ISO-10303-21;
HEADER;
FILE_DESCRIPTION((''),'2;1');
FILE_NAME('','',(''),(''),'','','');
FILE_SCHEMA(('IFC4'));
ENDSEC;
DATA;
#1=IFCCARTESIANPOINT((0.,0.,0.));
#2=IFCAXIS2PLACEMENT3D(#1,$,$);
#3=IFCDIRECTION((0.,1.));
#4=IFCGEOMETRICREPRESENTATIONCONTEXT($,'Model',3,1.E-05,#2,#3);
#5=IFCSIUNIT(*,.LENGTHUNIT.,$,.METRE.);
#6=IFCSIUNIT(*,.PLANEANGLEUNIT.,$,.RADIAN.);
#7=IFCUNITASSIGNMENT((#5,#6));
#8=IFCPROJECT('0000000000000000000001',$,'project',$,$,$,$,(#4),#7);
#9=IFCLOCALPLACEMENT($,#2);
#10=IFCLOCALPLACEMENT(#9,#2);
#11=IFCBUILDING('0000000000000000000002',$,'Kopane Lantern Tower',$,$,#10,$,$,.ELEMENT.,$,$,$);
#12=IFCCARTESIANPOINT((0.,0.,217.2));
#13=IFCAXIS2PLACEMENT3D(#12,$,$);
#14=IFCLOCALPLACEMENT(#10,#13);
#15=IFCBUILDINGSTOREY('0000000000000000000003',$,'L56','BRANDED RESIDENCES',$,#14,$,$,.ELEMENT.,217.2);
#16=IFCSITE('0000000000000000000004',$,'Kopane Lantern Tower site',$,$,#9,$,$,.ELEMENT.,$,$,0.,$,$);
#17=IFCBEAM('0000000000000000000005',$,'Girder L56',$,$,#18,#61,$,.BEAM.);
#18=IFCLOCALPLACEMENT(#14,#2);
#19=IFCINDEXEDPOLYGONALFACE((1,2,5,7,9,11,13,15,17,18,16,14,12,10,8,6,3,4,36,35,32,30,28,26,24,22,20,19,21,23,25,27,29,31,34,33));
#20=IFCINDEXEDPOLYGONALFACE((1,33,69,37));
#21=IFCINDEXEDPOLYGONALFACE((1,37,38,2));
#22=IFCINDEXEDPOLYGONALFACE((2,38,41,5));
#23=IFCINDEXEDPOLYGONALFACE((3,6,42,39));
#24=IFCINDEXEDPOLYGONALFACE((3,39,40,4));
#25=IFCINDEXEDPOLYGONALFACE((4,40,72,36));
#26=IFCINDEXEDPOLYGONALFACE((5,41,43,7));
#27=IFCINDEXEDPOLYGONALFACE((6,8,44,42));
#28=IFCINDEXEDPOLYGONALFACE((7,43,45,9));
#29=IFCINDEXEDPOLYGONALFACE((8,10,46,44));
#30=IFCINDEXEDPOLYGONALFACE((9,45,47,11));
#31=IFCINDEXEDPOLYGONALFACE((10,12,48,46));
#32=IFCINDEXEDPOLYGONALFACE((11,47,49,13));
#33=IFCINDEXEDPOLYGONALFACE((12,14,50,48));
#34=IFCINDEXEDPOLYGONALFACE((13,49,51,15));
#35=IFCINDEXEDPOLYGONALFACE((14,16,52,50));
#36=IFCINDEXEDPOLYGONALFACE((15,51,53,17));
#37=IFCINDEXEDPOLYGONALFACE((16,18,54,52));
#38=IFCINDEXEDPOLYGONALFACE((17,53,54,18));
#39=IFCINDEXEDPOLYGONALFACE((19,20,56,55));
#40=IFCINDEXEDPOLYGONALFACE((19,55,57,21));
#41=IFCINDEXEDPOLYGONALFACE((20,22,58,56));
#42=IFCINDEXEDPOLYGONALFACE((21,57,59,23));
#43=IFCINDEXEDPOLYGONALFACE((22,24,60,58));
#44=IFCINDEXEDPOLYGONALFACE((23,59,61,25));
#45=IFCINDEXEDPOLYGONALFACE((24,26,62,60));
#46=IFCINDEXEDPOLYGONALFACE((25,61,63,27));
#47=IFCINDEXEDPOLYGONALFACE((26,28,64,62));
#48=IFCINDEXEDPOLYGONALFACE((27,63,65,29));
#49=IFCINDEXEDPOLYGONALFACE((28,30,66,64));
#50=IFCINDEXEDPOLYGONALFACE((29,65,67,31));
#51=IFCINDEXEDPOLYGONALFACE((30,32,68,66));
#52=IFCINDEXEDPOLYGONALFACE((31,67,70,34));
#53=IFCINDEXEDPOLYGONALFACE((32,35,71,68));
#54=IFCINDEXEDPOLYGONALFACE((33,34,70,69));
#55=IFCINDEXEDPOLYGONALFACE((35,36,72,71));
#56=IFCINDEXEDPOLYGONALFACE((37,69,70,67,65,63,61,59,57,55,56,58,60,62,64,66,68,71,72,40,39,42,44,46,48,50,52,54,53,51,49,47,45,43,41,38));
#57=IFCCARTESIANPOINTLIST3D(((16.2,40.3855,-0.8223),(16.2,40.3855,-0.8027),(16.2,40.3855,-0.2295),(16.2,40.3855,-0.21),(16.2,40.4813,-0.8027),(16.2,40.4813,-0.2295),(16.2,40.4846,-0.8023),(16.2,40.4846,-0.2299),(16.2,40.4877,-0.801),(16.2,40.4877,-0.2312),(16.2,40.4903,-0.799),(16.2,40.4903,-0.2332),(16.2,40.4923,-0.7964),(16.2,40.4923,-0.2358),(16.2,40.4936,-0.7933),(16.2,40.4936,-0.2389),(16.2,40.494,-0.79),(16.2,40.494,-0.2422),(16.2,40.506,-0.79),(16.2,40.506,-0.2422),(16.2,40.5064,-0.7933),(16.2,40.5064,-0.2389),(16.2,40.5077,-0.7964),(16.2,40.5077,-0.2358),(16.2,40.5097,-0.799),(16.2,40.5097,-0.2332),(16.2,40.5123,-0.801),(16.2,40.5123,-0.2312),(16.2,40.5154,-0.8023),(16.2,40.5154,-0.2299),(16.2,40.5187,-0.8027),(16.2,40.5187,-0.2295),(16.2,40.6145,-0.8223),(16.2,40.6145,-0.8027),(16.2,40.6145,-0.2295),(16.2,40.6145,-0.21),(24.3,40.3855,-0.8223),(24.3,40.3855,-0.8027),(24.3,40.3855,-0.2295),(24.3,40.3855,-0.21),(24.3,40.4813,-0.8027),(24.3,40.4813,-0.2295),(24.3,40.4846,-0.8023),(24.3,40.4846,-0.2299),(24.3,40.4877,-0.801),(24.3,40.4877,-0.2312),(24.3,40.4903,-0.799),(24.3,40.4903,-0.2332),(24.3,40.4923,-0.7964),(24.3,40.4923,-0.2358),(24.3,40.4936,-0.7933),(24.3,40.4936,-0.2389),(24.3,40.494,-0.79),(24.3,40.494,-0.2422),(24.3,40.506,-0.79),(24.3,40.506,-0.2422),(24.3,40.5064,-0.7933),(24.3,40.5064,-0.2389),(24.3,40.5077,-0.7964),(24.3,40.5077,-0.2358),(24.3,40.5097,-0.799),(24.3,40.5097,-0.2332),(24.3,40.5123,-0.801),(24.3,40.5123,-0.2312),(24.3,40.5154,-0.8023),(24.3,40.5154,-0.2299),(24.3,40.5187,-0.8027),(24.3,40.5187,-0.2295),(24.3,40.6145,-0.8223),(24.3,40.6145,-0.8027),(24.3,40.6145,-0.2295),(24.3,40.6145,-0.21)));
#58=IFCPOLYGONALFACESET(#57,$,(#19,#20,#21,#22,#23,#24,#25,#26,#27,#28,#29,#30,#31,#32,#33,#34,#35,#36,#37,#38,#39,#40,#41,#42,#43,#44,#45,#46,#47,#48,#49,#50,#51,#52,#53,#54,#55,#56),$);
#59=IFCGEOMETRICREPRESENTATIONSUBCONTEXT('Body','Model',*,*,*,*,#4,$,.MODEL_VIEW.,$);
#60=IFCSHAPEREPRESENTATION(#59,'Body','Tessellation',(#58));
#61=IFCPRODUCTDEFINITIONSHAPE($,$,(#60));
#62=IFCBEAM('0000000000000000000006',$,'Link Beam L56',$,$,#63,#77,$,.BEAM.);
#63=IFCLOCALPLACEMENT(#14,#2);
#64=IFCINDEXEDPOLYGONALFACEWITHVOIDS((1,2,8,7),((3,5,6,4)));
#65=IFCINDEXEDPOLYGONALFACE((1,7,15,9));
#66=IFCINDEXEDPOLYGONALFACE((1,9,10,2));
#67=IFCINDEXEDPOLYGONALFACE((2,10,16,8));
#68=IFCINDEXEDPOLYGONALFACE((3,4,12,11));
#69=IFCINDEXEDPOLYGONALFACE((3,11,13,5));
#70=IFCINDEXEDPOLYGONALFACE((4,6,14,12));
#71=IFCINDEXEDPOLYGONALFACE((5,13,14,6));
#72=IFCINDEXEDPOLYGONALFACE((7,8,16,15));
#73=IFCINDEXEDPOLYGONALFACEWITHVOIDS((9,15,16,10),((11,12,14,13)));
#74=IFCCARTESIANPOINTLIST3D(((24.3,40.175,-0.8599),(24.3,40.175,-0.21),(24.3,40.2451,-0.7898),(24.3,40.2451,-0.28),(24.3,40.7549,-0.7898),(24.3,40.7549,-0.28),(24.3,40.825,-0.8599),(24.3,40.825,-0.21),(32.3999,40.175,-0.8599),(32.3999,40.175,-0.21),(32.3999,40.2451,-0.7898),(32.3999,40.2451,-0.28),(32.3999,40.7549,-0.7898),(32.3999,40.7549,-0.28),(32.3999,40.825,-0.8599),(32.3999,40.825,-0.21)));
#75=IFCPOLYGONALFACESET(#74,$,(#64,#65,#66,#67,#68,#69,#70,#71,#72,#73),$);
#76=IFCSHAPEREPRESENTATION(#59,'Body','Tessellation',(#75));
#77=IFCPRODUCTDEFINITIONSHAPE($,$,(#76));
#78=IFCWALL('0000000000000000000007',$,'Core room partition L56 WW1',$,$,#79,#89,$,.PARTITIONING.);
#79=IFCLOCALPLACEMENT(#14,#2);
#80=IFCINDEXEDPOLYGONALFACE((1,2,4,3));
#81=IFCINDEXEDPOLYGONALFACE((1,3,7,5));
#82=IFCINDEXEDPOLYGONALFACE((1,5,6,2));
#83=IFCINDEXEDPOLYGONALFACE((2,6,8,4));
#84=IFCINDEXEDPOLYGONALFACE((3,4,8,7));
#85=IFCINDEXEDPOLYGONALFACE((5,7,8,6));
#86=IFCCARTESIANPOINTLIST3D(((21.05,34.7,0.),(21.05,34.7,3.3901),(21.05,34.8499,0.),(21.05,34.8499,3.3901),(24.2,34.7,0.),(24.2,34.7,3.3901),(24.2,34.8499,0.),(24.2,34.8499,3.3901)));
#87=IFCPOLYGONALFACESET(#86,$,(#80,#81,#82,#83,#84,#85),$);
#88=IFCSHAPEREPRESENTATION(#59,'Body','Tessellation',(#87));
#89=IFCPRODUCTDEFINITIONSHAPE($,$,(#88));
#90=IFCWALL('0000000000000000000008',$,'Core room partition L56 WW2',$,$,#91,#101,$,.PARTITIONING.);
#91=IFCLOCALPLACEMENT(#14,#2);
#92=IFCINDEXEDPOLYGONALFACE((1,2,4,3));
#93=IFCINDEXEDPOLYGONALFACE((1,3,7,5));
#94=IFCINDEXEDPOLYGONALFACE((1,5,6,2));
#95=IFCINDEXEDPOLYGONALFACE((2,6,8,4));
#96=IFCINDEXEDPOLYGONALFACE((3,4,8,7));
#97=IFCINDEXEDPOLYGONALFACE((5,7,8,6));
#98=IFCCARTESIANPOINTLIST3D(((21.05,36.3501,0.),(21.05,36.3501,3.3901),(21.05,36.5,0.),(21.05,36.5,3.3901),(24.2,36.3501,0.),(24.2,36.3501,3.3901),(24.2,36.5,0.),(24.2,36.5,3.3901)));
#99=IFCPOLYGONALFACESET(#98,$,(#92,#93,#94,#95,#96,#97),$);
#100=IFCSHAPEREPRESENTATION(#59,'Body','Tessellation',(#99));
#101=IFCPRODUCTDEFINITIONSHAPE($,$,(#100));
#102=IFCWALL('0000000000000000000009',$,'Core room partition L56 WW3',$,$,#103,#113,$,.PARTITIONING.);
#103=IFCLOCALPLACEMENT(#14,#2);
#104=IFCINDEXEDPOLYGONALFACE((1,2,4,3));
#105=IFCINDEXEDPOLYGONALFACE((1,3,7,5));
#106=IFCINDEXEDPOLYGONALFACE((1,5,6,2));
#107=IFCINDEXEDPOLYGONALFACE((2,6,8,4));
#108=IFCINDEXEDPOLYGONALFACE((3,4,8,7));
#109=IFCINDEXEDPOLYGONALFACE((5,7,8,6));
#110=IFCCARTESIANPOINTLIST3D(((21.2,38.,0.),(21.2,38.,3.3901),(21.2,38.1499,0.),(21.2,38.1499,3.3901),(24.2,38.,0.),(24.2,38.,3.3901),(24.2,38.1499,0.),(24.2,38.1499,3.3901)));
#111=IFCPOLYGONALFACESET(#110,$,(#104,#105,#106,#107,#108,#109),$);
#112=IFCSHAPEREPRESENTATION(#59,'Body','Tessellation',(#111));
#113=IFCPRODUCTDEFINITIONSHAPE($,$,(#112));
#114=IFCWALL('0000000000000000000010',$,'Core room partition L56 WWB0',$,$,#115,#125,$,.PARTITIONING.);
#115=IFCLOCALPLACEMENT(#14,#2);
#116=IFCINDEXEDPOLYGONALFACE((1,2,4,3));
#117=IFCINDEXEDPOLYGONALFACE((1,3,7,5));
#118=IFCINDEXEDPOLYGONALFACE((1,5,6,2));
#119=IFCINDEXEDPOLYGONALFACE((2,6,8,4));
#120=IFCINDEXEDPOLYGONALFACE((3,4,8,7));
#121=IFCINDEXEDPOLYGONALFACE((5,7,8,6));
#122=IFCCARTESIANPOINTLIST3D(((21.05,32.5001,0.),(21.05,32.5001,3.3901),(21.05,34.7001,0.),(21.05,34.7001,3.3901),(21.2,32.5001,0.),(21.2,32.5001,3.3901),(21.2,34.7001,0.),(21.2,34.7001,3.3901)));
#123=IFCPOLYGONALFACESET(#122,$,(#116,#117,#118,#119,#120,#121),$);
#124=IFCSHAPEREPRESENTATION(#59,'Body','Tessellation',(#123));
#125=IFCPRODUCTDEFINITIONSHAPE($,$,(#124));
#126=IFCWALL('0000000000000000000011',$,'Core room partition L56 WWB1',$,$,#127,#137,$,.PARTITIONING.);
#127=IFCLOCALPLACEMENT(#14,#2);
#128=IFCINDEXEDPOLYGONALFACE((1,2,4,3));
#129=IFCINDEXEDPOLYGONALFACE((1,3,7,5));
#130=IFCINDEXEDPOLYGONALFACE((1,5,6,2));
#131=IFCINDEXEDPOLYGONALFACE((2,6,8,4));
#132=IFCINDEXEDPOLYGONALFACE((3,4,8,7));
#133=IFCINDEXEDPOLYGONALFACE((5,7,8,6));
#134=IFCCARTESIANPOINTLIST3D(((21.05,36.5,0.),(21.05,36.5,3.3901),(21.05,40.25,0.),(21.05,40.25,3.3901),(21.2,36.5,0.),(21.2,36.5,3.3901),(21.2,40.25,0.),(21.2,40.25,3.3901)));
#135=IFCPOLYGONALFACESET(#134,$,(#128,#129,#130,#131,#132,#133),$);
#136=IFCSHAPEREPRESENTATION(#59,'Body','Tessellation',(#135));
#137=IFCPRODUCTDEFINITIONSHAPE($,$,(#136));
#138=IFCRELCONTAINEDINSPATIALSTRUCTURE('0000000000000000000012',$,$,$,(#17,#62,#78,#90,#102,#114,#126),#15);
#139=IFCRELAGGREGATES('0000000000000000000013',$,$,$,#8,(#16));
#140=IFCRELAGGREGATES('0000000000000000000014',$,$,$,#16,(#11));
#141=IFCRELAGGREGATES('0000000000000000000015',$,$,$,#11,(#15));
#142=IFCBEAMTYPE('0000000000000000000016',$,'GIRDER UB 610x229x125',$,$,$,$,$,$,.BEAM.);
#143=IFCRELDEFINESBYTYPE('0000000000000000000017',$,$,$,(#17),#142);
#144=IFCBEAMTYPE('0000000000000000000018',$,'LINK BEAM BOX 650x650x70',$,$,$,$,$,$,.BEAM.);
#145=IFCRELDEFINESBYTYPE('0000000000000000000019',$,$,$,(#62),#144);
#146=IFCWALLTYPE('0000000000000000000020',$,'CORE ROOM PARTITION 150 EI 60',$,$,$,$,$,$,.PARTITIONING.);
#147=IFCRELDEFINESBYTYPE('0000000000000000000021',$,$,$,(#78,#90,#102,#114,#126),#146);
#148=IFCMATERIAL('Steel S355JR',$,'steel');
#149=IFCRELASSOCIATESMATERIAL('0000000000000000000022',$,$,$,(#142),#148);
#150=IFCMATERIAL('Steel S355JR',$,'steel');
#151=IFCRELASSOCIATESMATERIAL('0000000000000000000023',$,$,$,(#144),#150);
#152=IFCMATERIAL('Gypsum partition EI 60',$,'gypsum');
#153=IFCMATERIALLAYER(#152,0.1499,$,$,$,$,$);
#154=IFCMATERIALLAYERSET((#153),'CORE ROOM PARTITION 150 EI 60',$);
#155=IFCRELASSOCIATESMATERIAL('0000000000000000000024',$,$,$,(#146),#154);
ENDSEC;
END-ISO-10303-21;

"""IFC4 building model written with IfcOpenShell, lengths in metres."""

from ifc_helpers import new_model, si_unit, direction, frame, frame_2d, origin, origin_2d, place, context, subcontext, project, spatial, rectangle, hollow_rectangle, i_section, extrude, material, layer, layer_set, material_profile, profile_set, type_object, element, save


model = new_model("IFC4")

# Units and contexts
model_context = context("Model", 3, precision=1e-05, world=origin(), true_north=direction((0.0, 1.0)))
body_context = subcontext(model_context, "Body", "Model", "MODEL_VIEW")
ifc_project = project(units=[si_unit("LENGTHUNIT", "METRE"), si_unit("PLANEANGLEUNIT", "RADIAN")], contexts=[model_context])

# Site, building, storey
site_placement = place(None, origin())
site = spatial("IfcSite", under=ifc_project, at=site_placement, Name="Kopane Lantern Tower site", CompositionType="ELEMENT", RefElevation=0.0)
building_placement = place(site_placement, origin())
building = spatial("IfcBuilding", under=site, at=building_placement, Name="Kopane Lantern Tower", CompositionType="ELEMENT")
storey_placement = place(building_placement, frame((0.0, 0.0, 217.2)))
storey = spatial("IfcBuildingStorey", under=building, at=storey_placement, Name="L56", Description="BRANDED RESIDENCES", CompositionType="ELEMENT", Elevation=217.2)

# Beams
ifc_material_1 = material(Name="Steel S355JR", Category="steel")
ifc_material_profile_1 = material_profile(ifc_material_1, i_section(OverallWidth=0.229, OverallDepth=0.6123, WebThickness=0.012, FlangeThickness=0.0195, FilletRadius=0.0127, at=origin_2d()), Name="UB 610x229x125")
ifc_profile_set_1 = profile_set([ifc_material_profile_1], Name="Steel S355JR")
beam_type_1 = type_object("IfcBeamType", Name="GIRDER UB 610x229x125", PredefinedType="BEAM", material=ifc_profile_set_1)
beam_1_placement = place(storey_placement, frame((16.2, 40.5, -0.5161), z_axis=(1.0, 0.0, 0.0), x_axis=(0.0, 1.0, 0.0)))
element("IfcBeam", 1, at=beam_1_placement, inside=storey, type_object=beam_type_1, Name="Girder L56", PredefinedType="BEAM", context=body_context, shape_type="SweptSolid", body=[
    extrude(i_section(OverallWidth=0.229, OverallDepth=0.6123, WebThickness=0.012, FlangeThickness=0.0195, FilletRadius=0.0127, at=origin_2d()), origin(), (0.0, 0.0, 1.0), 8.1001),
])
ifc_material_2 = material(Name="Steel S355JR", Category="steel")
ifc_material_profile_2 = material_profile(ifc_material_2, hollow_rectangle(XDim=0.6499, YDim=0.6499, WallThickness=0.0701, at=origin_2d()), Name="BOX 650x650x70")
ifc_profile_set_2 = profile_set([ifc_material_profile_2], Name="Steel S355JR")
beam_type_2 = type_object("IfcBeamType", Name="LINK BEAM BOX 650x650x70", PredefinedType="BEAM", material=ifc_profile_set_2)
beam_2_placement = place(storey_placement, frame((24.3, 40.5, -0.5349), z_axis=(1.0, 0.0, 0.0), x_axis=(0.0, 1.0, 0.0)))
element("IfcBeam", 2, at=beam_2_placement, inside=storey, type_object=beam_type_2, Name="Link Beam L56", PredefinedType="BEAM", context=body_context, shape_type="SweptSolid", body=[
    extrude(hollow_rectangle(XDim=0.6499, YDim=0.6499, WallThickness=0.0701, at=origin_2d()), origin(), (0.0, 0.0, 1.0), 8.0999),
])

# Walls
ifc_material_3 = material(Name="Gypsum partition EI 60", Category="gypsum")
ifc_layer_1 = layer(ifc_material_3, 0.1499)
ifc_layer_set_1 = layer_set([ifc_layer_1], Name="CORE ROOM PARTITION 150 EI 60")
wall_type_1 = type_object("IfcWallType", Name="CORE ROOM PARTITION 150 EI 60", PredefinedType="PARTITIONING", material=ifc_layer_set_1)
for number, where, z_axis, x_axis, name in (
    (3, (21.05, 34.7749, 0.0), (0.0, 0.0, 1.0), (1.0, 0.0, 0.0), "Core room partition L56 WW1"),
    (4, (21.05, 36.425, 0.0), (0.0, 0.0, 1.0), (1.0, 0.0, 0.0), "Core room partition L56 WW2"),
):
    element("IfcWall", number, at=place(storey_placement, frame(where, z_axis=z_axis, x_axis=x_axis)), inside=storey, type_object=wall_type_1, Name=name, PredefinedType="PARTITIONING", context=body_context, shape_type="SweptSolid", body=[
        extrude(rectangle(XDim=3.1499, YDim=0.1499, at=frame_2d((1.575, 0.0))), origin(), (0.0, 0.0, 1.0), 3.3901),
    ])
wall_1_placement = place(storey_placement, frame((21.2, 38.075, 0.0), z_axis=(0.0, 0.0, 1.0), x_axis=(1.0, 0.0, 0.0)))
element("IfcWall", 5, at=wall_1_placement, inside=storey, type_object=wall_type_1, Name="Core room partition L56 WW3", PredefinedType="PARTITIONING", context=body_context, shape_type="SweptSolid", body=[
    extrude(rectangle(XDim=3.0, YDim=0.1499, at=frame_2d((1.5, 0.0))), origin(), (0.0, 0.0, 1.0), 3.3901),
])
wall_2_placement = place(storey_placement, frame((21.125, 32.5, 0.0), z_axis=(0.0, 0.0, 1.0), x_axis=(0.0, 1.0, 0.0)))
element("IfcWall", 6, at=wall_2_placement, inside=storey, type_object=wall_type_1, Name="Core room partition L56 WWB0", PredefinedType="PARTITIONING", context=body_context, shape_type="SweptSolid", body=[
    extrude(rectangle(XDim=2.2, YDim=0.1499, at=frame_2d((1.1001, 0.0))), origin(), (0.0, 0.0, 1.0), 3.3901),
])
wall_3_placement = place(storey_placement, frame((21.125, 36.5, 0.0), z_axis=(0.0, 0.0, 1.0), x_axis=(0.0, 1.0, 0.0)))
element("IfcWall", 7, at=wall_3_placement, inside=storey, type_object=wall_type_1, Name="Core room partition L56 WWB1", PredefinedType="PARTITIONING", context=body_context, shape_type="SweptSolid", body=[
    extrude(rectangle(XDim=3.75, YDim=0.1499, at=frame_2d((1.875, 0.0))), origin(), (0.0, 0.0, 1.0), 3.3901),
])

save(model, "model.ifc")
